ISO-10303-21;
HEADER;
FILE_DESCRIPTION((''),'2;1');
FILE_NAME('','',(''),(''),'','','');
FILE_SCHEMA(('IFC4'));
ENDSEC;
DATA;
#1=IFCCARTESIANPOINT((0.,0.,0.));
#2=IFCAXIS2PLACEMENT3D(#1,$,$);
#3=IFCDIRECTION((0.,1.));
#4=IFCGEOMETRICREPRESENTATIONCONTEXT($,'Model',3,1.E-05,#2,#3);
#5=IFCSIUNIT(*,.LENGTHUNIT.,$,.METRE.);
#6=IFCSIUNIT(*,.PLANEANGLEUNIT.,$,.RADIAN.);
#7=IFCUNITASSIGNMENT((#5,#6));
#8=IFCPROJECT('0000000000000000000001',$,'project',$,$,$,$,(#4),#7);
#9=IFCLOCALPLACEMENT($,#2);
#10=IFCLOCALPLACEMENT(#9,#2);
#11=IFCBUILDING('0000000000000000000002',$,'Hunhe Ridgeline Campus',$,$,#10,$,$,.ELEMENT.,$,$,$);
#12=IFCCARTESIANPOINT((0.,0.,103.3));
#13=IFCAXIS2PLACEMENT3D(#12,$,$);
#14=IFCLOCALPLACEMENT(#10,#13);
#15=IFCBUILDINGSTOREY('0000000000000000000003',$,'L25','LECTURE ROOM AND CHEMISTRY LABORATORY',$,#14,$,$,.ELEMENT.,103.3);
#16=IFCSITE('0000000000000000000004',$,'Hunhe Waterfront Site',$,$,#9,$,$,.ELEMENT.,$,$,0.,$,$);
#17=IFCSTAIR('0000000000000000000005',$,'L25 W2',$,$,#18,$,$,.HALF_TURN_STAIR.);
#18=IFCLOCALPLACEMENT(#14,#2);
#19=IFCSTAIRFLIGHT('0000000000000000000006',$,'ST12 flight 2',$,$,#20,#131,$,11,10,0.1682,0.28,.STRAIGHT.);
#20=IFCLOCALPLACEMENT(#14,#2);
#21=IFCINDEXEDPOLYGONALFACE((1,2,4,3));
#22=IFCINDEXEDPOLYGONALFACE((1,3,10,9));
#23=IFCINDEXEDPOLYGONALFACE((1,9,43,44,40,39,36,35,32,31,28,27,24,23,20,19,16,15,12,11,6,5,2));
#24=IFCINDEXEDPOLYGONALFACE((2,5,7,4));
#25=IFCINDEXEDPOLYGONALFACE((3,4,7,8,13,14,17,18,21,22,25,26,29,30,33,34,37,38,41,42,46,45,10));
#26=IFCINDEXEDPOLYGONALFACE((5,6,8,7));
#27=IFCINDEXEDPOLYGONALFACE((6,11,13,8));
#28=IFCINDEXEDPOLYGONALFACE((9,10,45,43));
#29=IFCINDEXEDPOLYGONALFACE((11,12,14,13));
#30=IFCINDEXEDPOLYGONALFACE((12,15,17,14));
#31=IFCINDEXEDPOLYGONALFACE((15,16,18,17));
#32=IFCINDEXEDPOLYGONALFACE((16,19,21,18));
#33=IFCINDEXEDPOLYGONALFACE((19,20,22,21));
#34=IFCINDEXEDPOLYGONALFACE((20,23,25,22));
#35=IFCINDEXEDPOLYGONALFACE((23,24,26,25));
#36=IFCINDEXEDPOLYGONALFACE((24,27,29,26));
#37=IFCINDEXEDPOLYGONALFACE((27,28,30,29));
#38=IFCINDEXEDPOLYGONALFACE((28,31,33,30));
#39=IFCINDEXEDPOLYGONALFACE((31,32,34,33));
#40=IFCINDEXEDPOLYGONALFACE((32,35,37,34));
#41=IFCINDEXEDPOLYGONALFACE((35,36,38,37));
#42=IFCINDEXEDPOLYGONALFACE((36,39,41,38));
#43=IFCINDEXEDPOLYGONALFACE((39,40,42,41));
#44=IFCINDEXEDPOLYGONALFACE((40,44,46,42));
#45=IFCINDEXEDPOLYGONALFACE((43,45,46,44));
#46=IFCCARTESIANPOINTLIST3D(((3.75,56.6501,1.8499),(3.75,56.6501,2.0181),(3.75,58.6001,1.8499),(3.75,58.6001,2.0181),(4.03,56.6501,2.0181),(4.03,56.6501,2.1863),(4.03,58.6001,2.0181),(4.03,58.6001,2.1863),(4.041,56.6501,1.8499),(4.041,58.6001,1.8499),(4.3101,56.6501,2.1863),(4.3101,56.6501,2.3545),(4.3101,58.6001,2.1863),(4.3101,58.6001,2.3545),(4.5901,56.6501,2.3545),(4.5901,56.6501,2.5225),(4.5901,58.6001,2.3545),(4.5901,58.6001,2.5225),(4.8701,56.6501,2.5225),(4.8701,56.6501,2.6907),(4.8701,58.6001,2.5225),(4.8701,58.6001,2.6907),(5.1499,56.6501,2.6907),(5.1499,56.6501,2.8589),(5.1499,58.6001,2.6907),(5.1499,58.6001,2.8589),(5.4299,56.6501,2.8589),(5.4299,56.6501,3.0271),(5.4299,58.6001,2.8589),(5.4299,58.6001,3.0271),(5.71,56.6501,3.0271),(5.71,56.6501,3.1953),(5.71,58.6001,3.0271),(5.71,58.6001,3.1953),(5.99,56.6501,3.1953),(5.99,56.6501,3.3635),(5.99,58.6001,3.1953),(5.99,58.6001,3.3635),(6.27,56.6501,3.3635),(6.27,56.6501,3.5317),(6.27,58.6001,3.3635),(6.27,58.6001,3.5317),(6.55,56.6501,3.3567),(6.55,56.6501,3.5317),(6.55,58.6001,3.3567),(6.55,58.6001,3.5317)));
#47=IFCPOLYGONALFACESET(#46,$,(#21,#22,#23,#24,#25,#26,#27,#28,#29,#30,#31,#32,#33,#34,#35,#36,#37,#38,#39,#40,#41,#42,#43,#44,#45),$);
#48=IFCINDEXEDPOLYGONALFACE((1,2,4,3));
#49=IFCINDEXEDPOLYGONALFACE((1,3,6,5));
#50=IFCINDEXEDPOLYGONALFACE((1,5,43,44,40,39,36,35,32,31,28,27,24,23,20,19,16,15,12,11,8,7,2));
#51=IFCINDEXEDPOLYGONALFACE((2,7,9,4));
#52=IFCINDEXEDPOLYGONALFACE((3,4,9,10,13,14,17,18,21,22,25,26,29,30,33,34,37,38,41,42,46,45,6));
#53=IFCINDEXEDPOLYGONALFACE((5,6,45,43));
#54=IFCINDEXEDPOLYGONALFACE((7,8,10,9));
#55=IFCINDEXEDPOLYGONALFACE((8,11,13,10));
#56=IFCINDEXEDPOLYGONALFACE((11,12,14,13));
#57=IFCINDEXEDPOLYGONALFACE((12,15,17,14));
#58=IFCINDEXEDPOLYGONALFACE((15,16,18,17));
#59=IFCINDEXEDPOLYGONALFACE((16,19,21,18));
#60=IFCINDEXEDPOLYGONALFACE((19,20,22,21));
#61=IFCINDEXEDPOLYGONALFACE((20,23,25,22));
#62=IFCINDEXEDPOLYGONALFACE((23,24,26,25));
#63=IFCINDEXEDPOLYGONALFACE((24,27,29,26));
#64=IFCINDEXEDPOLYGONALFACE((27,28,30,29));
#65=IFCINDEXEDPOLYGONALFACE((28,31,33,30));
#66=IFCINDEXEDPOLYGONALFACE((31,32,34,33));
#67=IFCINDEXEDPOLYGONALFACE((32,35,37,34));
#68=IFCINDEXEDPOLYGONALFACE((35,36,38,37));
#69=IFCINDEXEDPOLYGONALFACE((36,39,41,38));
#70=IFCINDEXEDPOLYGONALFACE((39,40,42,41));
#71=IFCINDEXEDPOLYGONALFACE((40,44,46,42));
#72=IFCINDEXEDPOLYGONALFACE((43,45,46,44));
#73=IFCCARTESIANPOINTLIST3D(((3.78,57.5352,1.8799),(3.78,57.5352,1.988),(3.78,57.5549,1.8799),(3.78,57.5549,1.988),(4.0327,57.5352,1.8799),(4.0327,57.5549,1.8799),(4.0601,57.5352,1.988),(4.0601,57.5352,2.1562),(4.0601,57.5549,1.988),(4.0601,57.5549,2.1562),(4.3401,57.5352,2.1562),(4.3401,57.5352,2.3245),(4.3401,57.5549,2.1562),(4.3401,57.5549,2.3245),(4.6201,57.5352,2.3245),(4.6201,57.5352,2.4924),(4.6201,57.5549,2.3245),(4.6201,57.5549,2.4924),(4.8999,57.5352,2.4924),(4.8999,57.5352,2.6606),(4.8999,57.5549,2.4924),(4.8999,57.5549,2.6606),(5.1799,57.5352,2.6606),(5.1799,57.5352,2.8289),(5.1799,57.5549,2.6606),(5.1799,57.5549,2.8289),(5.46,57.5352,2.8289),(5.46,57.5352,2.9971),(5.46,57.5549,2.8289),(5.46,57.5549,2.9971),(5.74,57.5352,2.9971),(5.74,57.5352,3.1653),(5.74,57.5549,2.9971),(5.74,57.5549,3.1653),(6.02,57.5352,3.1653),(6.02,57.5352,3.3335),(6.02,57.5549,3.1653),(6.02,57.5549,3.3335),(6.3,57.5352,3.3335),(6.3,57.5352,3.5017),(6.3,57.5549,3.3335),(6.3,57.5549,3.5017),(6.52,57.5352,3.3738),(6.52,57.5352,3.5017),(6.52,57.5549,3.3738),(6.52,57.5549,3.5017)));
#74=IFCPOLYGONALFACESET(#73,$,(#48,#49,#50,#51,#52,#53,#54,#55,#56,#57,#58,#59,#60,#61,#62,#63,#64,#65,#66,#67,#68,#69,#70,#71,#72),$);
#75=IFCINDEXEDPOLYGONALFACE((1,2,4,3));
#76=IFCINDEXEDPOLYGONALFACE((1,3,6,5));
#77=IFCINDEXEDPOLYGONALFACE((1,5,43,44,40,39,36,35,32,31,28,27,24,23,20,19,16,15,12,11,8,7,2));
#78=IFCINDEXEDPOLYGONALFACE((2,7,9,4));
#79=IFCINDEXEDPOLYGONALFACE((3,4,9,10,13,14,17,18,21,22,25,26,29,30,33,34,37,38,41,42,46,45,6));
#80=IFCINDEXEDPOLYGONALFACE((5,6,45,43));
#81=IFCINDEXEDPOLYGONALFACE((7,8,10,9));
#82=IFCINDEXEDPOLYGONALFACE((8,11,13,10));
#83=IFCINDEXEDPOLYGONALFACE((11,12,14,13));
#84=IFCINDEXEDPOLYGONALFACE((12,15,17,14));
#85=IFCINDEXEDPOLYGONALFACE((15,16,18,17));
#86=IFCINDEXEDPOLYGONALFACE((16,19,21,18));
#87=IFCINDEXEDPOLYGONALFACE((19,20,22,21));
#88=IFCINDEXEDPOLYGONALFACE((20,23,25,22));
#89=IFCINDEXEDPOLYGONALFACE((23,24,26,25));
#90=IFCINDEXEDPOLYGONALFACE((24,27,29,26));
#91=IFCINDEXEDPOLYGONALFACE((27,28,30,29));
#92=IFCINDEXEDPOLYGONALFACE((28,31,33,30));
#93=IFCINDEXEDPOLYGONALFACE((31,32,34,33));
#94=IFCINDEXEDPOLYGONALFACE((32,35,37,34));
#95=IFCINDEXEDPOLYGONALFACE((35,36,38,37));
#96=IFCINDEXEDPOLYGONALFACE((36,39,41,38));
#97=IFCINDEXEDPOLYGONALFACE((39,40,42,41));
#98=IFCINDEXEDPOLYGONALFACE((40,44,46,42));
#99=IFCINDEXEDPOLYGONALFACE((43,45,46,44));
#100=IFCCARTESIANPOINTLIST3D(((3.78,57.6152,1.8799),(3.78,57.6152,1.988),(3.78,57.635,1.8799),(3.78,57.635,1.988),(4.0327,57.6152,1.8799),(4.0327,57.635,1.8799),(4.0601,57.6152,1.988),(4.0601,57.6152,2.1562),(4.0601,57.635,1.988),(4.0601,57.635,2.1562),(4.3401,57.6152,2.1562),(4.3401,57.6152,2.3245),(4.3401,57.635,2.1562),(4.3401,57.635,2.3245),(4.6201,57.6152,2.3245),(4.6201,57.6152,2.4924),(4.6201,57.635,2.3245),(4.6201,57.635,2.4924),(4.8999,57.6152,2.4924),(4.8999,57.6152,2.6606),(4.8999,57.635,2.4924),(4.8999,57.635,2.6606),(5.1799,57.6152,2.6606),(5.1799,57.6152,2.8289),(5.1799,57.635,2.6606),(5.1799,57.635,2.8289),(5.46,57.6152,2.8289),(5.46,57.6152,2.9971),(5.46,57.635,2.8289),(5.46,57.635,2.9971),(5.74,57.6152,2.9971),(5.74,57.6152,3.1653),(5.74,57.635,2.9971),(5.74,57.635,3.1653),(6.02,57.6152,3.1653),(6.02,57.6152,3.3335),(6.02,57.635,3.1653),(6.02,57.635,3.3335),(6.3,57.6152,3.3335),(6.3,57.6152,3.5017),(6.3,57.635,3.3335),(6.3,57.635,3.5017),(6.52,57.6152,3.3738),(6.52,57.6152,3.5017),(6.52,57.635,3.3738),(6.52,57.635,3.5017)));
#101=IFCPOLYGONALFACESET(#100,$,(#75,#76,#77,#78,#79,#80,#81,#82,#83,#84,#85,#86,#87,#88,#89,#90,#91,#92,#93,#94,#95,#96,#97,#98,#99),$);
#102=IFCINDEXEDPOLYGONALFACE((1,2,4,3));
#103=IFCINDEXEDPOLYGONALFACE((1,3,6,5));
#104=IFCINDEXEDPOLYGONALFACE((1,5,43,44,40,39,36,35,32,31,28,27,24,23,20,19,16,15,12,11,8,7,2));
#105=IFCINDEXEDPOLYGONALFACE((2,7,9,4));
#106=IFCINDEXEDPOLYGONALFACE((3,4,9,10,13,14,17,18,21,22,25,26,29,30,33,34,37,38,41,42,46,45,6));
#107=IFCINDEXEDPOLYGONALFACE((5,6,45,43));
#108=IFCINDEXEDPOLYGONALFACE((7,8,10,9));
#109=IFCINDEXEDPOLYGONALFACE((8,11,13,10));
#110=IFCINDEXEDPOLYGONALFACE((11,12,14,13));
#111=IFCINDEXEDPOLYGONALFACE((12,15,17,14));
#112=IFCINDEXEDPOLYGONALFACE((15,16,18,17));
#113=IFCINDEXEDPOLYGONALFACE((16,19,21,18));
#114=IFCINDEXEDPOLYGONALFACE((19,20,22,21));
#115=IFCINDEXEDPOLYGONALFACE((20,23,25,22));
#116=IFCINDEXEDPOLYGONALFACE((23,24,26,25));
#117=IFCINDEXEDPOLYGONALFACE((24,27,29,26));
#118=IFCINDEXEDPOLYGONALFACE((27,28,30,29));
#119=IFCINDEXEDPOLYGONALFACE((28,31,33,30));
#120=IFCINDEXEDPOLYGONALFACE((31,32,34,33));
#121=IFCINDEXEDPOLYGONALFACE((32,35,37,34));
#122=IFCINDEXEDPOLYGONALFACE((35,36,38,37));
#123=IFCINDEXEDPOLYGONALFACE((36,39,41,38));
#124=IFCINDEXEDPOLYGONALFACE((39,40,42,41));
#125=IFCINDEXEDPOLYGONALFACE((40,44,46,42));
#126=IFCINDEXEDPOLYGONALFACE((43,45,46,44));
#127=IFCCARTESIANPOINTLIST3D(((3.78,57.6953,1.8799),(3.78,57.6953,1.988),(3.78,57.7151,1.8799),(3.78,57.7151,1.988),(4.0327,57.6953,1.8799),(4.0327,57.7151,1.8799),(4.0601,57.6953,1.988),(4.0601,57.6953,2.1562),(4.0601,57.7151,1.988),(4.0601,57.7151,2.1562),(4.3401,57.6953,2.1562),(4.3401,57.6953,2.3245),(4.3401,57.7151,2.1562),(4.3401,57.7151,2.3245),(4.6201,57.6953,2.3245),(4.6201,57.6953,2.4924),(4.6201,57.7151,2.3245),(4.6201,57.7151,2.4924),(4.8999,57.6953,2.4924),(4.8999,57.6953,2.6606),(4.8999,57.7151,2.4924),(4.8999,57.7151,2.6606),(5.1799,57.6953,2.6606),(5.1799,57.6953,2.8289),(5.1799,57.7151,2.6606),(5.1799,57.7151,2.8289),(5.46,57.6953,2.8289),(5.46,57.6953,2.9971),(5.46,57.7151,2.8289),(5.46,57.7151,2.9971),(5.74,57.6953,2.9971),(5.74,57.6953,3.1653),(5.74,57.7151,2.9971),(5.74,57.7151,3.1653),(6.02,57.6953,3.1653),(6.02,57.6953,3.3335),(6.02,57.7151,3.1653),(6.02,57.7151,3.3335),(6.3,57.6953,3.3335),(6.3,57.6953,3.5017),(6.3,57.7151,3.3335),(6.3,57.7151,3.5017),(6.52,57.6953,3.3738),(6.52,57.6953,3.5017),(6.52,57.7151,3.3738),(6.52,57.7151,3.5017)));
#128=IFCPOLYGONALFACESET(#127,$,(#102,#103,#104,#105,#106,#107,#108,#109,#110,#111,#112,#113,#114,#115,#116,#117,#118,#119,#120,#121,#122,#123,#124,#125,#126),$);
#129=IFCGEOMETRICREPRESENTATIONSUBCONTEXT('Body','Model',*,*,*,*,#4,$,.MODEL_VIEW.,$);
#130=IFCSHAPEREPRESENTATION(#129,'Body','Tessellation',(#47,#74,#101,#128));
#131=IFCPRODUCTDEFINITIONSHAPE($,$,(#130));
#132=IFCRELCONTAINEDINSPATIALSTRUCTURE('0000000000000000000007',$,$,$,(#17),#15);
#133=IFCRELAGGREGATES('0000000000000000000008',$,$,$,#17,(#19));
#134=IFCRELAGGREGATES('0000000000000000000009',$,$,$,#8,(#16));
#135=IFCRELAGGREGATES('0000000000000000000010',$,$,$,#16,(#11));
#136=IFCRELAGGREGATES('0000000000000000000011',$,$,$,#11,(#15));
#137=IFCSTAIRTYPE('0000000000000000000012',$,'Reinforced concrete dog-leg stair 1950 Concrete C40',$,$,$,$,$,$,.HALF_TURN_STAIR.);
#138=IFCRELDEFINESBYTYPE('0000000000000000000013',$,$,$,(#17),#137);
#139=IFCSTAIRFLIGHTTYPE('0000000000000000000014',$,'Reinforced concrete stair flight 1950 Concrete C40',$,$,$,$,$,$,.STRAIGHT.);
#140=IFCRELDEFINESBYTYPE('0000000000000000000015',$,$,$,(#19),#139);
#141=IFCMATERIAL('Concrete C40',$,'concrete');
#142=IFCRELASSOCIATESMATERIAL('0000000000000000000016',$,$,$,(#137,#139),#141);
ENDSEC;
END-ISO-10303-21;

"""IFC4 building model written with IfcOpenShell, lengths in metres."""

from ifc_helpers import new_model, si_unit, direction, frame, origin, place, context, subcontext, project, spatial, polyline, outline, extrude, material, type_object, element, aggregate, save


model = new_model("IFC4")

# Units and contexts
model_context = context("Model", 3, precision=1e-05, world=origin(), true_north=direction((0.0, 1.0)))
body_context = subcontext(model_context, "Body", "Model", "MODEL_VIEW")
ifc_project = project(units=[si_unit("LENGTHUNIT", "METRE"), si_unit("PLANEANGLEUNIT", "RADIAN")], contexts=[model_context])

# Site, building, storey
site_placement = place(None, origin())
site = spatial("IfcSite", under=ifc_project, at=site_placement, Name="Hunhe Waterfront Site", CompositionType="ELEMENT", RefElevation=0.0)
building_placement = place(site_placement, origin())
building = spatial("IfcBuilding", under=site, at=building_placement, Name="Hunhe Ridgeline Campus", CompositionType="ELEMENT")
storey_placement = place(building_placement, frame((0.0, 0.0, 103.3)))
storey = spatial("IfcBuildingStorey", under=building, at=storey_placement, Name="L25", Description="LECTURE ROOM AND CHEMISTRY LABORATORY", CompositionType="ELEMENT", Elevation=103.3)

# Stair, stair flight
ifc_material_1 = material(Name="Concrete C40", Category="concrete")
stair_type = type_object("IfcStairType", Name="Reinforced concrete dog-leg stair 1950 Concrete C40", PredefinedType="HALF_TURN_STAIR", material=ifc_material_1)
stair_placement = place(storey_placement, origin())
stair = element("IfcStair", 1, at=stair_placement, inside=storey, type_object=stair_type, Name="L25 W2", PredefinedType="HALF_TURN_STAIR")
stair_flight_type = type_object("IfcStairFlightType", Name="Reinforced concrete stair flight 1950 Concrete C40", PredefinedType="STRAIGHT", material=ifc_material_1)
stair_flight_1_placement = place(storey_placement, frame((3.75, 57.625, 1.8499), z_axis=(0.0, 0.0, 1.0), x_axis=(1.0, 0.0, 0.0)))
stair_flight_1 = element("IfcStairFlight", 2, at=stair_flight_1_placement, type_object=stair_flight_type, Name="ST12 flight 2", NumberOfRisers=11, NumberOfTreads=10, PredefinedType="STRAIGHT", RiserHeight=0.1682, TreadLength=0.28, context=body_context, shape_type="SweptSolid", body=[
    extrude(outline(polyline([(0.0, 0.0), (0.0, 0.1682), (0.28, 0.1682), (0.28, 0.3364), (0.5601, 0.3364), (0.5601, 0.5046), (0.8401, 0.5046), (0.8401, 0.6726), (1.1201, 0.6726), (1.1201, 0.8408), (1.3999, 0.8408), (1.3999, 1.009), (1.6799, 1.009), (1.6799, 1.1772), (1.96, 1.1772), (1.96, 1.3455), (2.24, 1.3455), (2.24, 1.5137), (2.52, 1.5137), (2.52, 1.6819), (2.8, 1.6819), (2.8, 1.8501), (2.8, 1.5068), (0.291, 0.0), (0.0, 0.0)])), frame((0.0, 0.9751, 0.0), z_axis=(0.0, -1.0, 0.0), x_axis=(1.0, 0.0, 0.0)), (0.0, 0.0, 1.0), 1.95),
    extrude(outline(polyline([(0.03, 0.03), (0.03, 0.1382), (0.3101, 0.1382), (0.3101, 0.3064), (0.5901, 0.3064), (0.5901, 0.4746), (0.8701, 0.4746), (0.8701, 0.6426), (1.1499, 0.6426), (1.1499, 0.8108), (1.4299, 0.8108), (1.4299, 0.979), (1.71, 0.979), (1.71, 1.1472), (1.99, 1.1472), (1.99, 1.3154), (2.27, 1.3154), (2.27, 1.4836), (2.55, 1.4836), (2.55, 1.6519), (2.77, 1.6519), (2.77, 1.5239), (0.2827, 0.03), (0.03, 0.03)])), frame((0.0, -0.0701, 0.0), z_axis=(0.0, -1.0, 0.0), x_axis=(1.0, 0.0, 0.0)), (0.0, 0.0, 1.0), 0.0198),
    extrude(outline(polyline([(0.03, 0.03), (0.03, 0.1382), (0.3101, 0.1382), (0.3101, 0.3064), (0.5901, 0.3064), (0.5901, 0.4746), (0.8701, 0.4746), (0.8701, 0.6426), (1.1499, 0.6426), (1.1499, 0.8108), (1.4299, 0.8108), (1.4299, 0.979), (1.71, 0.979), (1.71, 1.1472), (1.99, 1.1472), (1.99, 1.3154), (2.27, 1.3154), (2.27, 1.4836), (2.55, 1.4836), (2.55, 1.6519), (2.77, 1.6519), (2.77, 1.5239), (0.2827, 0.03), (0.03, 0.03)])), frame((0.0, 0.01, 0.0), z_axis=(0.0, -1.0, 0.0), x_axis=(1.0, 0.0, 0.0)), (0.0, 0.0, 1.0), 0.0198),
    extrude(outline(polyline([(0.03, 0.03), (0.03, 0.1382), (0.3101, 0.1382), (0.3101, 0.3064), (0.5901, 0.3064), (0.5901, 0.4746), (0.8701, 0.4746), (0.8701, 0.6426), (1.1499, 0.6426), (1.1499, 0.8108), (1.4299, 0.8108), (1.4299, 0.979), (1.71, 0.979), (1.71, 1.1472), (1.99, 1.1472), (1.99, 1.3154), (2.27, 1.3154), (2.27, 1.4836), (2.55, 1.4836), (2.55, 1.6519), (2.77, 1.6519), (2.77, 1.5239), (0.2827, 0.03), (0.03, 0.03)])), frame((0.0, 0.0901, 0.0), z_axis=(0.0, -1.0, 0.0), x_axis=(1.0, 0.0, 0.0)), (0.0, 0.0, 1.0), 0.0198),
])
aggregate(stair, [stair_flight_1])

save(model, "model.ifc")
